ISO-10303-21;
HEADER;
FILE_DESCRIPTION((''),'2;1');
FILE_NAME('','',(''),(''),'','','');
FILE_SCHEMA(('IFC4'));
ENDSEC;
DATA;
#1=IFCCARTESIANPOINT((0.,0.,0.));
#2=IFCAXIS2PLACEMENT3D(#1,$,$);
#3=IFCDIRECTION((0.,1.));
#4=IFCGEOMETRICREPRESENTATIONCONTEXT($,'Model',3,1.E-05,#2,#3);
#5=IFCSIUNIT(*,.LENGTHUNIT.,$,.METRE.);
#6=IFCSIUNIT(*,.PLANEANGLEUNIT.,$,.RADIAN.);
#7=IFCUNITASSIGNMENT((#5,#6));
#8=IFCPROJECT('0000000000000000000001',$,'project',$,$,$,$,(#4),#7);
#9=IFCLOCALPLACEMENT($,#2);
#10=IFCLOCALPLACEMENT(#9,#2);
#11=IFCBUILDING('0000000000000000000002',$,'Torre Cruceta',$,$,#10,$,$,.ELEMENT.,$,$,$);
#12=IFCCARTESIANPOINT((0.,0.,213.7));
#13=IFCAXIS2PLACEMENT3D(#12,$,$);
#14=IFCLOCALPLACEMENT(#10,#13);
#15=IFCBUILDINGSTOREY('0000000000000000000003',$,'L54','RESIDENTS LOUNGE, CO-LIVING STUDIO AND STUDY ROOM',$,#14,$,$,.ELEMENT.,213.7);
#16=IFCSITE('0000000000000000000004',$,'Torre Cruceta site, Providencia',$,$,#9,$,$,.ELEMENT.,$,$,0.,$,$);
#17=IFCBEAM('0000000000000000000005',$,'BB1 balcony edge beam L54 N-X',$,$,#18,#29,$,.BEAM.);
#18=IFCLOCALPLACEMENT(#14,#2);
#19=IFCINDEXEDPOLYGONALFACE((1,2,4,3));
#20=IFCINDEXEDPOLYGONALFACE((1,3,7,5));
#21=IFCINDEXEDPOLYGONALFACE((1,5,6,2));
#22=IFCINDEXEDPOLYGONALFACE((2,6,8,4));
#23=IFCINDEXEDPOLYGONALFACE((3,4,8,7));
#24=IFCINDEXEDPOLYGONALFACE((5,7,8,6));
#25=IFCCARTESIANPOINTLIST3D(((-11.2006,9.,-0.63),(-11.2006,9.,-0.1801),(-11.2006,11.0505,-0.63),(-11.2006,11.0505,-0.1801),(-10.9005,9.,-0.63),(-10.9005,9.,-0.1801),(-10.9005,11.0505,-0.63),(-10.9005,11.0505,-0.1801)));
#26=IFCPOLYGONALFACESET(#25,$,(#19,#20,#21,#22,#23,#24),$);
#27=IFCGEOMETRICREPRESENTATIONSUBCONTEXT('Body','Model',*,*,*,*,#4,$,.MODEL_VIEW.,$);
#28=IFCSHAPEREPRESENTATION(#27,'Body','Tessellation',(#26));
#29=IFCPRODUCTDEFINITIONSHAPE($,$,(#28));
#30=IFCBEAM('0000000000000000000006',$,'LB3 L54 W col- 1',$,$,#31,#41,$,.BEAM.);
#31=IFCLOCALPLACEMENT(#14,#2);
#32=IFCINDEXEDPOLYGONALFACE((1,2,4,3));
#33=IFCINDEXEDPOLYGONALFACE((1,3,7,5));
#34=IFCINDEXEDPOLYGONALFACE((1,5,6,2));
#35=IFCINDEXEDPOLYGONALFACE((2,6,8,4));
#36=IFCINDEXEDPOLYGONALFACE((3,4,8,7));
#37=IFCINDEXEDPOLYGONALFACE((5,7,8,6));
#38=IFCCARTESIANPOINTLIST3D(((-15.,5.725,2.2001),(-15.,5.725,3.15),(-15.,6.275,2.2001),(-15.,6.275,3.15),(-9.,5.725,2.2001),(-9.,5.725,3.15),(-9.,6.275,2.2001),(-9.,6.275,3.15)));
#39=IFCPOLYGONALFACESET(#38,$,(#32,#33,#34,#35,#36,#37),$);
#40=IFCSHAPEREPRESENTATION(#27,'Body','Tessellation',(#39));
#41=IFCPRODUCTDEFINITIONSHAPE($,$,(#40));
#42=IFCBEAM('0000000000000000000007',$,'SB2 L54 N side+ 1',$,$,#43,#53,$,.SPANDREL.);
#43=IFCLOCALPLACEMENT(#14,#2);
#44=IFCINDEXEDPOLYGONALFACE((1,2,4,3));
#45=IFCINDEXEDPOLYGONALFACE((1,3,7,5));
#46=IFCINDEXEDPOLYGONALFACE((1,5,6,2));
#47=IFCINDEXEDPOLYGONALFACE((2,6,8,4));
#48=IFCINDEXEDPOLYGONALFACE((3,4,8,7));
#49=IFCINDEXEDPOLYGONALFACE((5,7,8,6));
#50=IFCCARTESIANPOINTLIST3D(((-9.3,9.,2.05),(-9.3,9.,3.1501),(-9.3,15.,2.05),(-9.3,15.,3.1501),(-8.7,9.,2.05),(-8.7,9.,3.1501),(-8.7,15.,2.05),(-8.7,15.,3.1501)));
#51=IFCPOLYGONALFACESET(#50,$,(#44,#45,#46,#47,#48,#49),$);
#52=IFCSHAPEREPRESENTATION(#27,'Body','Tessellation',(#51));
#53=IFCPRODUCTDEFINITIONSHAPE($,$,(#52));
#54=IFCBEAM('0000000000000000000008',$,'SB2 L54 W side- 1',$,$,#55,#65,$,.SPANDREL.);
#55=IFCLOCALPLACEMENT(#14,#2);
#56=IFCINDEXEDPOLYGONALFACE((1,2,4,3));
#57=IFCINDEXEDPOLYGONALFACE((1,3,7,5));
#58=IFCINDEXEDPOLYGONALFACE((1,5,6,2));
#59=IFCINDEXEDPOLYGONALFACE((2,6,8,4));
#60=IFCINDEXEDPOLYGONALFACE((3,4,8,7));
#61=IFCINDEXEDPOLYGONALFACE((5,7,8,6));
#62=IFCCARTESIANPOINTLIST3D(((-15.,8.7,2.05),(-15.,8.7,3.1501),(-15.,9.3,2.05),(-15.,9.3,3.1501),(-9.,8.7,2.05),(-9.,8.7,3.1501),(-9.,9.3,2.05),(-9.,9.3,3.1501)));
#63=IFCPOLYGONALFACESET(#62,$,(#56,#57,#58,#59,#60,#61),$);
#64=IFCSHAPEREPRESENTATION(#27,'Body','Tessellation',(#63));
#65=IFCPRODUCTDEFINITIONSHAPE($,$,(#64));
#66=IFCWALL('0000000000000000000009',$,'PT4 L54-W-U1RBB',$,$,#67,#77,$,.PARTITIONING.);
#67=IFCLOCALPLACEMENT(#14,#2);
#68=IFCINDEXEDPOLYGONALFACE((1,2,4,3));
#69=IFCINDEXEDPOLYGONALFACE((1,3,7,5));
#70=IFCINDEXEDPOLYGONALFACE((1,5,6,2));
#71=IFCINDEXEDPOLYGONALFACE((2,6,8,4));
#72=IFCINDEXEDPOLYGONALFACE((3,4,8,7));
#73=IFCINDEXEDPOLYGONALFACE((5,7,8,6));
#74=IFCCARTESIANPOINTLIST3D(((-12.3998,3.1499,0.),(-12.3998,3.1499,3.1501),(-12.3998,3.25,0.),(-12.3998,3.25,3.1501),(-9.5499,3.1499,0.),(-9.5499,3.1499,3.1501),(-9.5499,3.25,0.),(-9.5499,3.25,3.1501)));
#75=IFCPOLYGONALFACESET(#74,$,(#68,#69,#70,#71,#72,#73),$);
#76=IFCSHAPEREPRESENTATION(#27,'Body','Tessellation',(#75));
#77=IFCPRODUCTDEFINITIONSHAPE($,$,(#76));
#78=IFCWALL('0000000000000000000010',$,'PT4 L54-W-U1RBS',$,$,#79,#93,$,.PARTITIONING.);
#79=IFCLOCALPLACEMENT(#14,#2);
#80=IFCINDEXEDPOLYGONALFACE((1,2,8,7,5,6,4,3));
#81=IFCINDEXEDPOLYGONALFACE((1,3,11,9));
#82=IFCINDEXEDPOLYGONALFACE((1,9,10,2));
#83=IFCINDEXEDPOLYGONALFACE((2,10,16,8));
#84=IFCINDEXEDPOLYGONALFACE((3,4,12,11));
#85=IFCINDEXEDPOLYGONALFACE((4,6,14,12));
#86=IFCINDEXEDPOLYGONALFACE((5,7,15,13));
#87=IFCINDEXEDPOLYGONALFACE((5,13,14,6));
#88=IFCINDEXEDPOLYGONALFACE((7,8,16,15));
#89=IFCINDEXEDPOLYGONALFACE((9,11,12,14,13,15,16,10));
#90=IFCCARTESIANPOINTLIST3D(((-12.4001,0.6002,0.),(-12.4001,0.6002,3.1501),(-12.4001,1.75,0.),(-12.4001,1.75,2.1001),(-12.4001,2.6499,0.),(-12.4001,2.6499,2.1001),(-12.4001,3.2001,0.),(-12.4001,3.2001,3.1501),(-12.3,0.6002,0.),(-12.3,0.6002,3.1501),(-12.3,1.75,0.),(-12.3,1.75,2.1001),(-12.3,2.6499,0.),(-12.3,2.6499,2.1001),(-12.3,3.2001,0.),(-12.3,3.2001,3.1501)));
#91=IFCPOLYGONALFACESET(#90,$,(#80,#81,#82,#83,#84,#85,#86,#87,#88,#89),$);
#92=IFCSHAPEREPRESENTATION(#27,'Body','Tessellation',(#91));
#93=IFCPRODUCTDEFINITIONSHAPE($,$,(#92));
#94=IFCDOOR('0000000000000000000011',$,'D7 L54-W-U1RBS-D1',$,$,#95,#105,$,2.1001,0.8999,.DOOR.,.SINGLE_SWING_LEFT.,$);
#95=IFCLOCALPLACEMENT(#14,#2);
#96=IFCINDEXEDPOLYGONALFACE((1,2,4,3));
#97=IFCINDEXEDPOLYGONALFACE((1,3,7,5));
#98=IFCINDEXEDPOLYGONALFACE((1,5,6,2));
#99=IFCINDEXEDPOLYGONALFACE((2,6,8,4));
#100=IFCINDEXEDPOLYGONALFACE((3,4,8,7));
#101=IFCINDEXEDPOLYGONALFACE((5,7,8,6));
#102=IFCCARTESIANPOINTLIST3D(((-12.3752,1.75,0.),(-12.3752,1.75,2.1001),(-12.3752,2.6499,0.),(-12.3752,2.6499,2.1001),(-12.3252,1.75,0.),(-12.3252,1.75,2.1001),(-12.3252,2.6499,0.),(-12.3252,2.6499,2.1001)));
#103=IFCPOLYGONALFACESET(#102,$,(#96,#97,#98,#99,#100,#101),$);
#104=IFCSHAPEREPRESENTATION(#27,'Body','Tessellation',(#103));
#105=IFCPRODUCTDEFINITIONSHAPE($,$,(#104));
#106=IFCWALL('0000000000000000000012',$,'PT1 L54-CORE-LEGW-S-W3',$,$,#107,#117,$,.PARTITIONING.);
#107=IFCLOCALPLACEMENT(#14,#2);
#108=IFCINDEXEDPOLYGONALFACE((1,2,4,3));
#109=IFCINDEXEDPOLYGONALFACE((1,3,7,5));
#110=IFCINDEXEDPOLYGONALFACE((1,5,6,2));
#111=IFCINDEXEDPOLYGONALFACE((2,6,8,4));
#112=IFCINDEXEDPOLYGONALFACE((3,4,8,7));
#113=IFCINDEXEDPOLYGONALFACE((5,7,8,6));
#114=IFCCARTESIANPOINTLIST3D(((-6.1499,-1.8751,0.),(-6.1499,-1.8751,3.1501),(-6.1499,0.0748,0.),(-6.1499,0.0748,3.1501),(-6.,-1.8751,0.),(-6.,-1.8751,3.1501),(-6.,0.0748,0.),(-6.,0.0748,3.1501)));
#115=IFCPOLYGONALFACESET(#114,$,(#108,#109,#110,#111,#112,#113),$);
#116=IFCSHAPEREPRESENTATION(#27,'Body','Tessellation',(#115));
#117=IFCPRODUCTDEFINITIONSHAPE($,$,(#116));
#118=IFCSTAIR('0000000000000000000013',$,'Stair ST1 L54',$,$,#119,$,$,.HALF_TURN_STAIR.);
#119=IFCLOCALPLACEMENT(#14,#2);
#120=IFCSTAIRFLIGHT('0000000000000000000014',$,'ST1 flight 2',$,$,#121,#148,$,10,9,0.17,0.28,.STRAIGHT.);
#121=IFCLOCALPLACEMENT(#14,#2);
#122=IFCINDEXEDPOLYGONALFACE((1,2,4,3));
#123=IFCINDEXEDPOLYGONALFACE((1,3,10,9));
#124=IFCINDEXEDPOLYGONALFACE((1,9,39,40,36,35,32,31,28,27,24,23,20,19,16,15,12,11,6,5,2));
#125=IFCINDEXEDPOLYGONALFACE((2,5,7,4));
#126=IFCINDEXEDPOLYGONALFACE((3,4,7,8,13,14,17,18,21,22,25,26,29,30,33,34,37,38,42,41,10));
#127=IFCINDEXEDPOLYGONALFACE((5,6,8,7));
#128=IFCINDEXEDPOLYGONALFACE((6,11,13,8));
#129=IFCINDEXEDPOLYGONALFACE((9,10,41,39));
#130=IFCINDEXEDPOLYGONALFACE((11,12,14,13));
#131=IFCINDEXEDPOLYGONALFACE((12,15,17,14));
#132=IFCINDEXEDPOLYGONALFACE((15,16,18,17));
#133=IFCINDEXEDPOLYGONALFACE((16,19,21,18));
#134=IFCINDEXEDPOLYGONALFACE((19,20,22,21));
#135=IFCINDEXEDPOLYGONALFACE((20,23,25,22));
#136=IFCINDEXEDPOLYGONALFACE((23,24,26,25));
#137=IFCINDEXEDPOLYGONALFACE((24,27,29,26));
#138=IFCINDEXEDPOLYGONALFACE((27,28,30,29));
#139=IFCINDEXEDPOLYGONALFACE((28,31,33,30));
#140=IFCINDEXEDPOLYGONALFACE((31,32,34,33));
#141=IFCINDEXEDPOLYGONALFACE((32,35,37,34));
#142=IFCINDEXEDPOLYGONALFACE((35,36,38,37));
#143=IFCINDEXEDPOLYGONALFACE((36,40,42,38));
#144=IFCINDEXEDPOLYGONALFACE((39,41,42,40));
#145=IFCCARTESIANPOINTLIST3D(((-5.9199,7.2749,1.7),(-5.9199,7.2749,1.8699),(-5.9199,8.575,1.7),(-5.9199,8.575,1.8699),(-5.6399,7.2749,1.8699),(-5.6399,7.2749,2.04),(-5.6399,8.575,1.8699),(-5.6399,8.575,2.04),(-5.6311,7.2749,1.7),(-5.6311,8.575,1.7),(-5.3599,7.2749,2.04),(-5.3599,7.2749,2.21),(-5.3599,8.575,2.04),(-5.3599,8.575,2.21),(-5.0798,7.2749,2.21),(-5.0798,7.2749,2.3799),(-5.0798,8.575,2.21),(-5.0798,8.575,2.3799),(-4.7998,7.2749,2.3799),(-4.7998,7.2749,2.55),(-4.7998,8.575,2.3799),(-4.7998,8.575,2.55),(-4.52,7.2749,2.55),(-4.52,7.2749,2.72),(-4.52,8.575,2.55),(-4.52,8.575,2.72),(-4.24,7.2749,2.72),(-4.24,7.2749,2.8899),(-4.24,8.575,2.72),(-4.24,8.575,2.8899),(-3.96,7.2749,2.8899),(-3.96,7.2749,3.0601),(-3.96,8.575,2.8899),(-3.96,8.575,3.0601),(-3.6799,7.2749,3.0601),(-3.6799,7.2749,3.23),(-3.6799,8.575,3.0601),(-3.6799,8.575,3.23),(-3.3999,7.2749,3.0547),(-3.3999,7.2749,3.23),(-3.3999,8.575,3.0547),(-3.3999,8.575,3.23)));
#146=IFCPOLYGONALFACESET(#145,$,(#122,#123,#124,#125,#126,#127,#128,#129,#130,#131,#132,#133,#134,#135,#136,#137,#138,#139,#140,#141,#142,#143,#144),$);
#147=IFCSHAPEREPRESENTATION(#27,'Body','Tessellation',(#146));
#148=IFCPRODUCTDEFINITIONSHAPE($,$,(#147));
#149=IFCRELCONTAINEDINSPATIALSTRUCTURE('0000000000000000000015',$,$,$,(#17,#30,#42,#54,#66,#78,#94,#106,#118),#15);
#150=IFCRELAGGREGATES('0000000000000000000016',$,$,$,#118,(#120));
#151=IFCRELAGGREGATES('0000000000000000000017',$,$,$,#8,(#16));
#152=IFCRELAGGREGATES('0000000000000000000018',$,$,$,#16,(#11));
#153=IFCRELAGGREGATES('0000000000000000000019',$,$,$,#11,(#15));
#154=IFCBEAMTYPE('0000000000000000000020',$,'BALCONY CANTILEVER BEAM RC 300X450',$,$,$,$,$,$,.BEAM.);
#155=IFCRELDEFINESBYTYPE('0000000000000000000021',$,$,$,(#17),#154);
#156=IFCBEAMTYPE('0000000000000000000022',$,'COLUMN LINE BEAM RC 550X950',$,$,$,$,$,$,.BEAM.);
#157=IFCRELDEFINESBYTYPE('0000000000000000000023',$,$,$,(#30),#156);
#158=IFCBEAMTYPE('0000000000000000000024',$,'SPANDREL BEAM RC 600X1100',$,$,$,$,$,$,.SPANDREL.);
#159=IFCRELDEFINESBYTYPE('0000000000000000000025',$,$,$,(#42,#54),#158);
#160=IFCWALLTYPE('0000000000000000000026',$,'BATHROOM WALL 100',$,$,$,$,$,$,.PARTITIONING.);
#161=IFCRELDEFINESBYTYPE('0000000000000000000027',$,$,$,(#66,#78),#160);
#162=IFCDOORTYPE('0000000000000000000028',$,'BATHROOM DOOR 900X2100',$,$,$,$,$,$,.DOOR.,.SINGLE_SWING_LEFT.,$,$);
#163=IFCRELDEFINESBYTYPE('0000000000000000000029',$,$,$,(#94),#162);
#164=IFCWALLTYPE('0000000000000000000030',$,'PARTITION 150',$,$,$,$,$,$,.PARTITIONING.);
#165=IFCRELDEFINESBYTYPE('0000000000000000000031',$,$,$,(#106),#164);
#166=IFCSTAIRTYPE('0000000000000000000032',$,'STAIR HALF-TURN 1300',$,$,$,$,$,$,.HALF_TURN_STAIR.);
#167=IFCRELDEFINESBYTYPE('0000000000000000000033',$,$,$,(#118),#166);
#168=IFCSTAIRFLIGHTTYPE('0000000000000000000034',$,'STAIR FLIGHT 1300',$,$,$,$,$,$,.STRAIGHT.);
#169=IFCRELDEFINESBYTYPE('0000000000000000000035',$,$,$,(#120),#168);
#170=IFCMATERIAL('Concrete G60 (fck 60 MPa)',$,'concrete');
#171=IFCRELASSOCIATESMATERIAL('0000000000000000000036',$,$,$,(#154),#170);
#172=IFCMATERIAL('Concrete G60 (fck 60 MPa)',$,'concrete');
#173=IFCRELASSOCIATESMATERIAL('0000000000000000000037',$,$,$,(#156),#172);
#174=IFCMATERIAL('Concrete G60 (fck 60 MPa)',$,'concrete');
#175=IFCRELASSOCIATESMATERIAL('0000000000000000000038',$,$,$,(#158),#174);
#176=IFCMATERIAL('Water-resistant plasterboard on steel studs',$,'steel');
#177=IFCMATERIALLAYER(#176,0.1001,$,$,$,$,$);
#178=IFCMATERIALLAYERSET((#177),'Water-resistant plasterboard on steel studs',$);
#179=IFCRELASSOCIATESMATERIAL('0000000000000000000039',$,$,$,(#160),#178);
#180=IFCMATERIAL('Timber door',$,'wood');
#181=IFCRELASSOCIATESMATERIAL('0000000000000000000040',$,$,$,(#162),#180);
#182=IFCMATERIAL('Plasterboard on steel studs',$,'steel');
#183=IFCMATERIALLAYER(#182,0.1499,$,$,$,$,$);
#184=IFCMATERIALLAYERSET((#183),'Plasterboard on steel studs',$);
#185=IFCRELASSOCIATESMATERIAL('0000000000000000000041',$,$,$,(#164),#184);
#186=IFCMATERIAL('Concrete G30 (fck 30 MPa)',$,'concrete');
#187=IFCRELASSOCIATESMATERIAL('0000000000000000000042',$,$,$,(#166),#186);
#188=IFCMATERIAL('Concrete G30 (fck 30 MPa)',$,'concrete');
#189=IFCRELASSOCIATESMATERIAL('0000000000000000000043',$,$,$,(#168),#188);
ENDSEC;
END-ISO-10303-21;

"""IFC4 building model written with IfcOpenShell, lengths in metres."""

from ifc_helpers import new_model, si_unit, direction, frame, frame_2d, origin, origin_2d, place, context, subcontext, project, spatial, polyline, rectangle, outline, extrude, material, layer, layer_set, material_profile, profile_set, type_object, element, fill, aggregate, save


model = new_model("IFC4")

# Units and contexts
model_context = context("Model", 3, precision=1e-05, world=origin(), true_north=direction((0.0, 1.0)))
body_context = subcontext(model_context, "Body", "Model", "MODEL_VIEW")
ifc_project = project(units=[si_unit("LENGTHUNIT", "METRE"), si_unit("PLANEANGLEUNIT", "RADIAN")], contexts=[model_context])

# Site, building, storey
site_placement = place(None, origin())
site = spatial("IfcSite", under=ifc_project, at=site_placement, Name="Torre Cruceta site, Providencia", CompositionType="ELEMENT", RefElevation=0.0)
building_placement = place(site_placement, origin())
building = spatial("IfcBuilding", under=site, at=building_placement, Name="Torre Cruceta", CompositionType="ELEMENT")
storey_placement = place(building_placement, frame((0.0, 0.0, 213.7)))
storey = spatial("IfcBuildingStorey", under=building, at=storey_placement, Name="L54", Description="RESIDENTS LOUNGE, CO-LIVING STUDIO AND STUDY ROOM", CompositionType="ELEMENT", Elevation=213.7)

# Beams
ifc_material_1 = material(Name="Concrete G60 (fck 60 MPa)", Category="concrete")
ifc_material_profile_1 = material_profile(ifc_material_1, rectangle(XDim=0.3, YDim=0.45, at=origin_2d()), Name="RC 300X450")
ifc_profile_set_1 = profile_set([ifc_material_profile_1], Name="Concrete G60 (fck 60 MPa)")
beam_type_1 = type_object("IfcBeamType", Name="BALCONY CANTILEVER BEAM RC 300X450", PredefinedType="BEAM", material=ifc_profile_set_1)
beam_1_placement = place(storey_placement, frame((-11.0505, 9.0, -0.405), z_axis=(0.0, 1.0, 0.0), x_axis=(-1.0, 0.0, 0.0)))
element("IfcBeam", 1, at=beam_1_placement, inside=storey, type_object=beam_type_1, Name="BB1 balcony edge beam L54 N-X", PredefinedType="BEAM", context=body_context, shape_type="SweptSolid", body=[
    extrude(rectangle(XDim=0.3, YDim=0.45, at=origin_2d()), origin(), (0.0, 0.0, 1.0), 2.0505),
])
ifc_material_2 = material(Name="Concrete G60 (fck 60 MPa)", Category="concrete")
ifc_material_profile_2 = material_profile(ifc_material_2, rectangle(XDim=0.55, YDim=0.95, at=origin_2d()), Name="RC 550X950")
ifc_profile_set_2 = profile_set([ifc_material_profile_2], Name="Concrete G60 (fck 60 MPa)")
beam_type_2 = type_object("IfcBeamType", Name="COLUMN LINE BEAM RC 550X950", PredefinedType="BEAM", material=ifc_profile_set_2)
beam_2_placement = place(storey_placement, frame((-9.0, 6.0, 2.675), z_axis=(-1.0, 0.0, 0.0), x_axis=(0.0, -1.0, 0.0)))
element("IfcBeam", 2, at=beam_2_placement, inside=storey, type_object=beam_type_2, Name="LB3 L54 W col- 1", PredefinedType="BEAM", context=body_context, shape_type="SweptSolid", body=[
    extrude(rectangle(XDim=0.55, YDim=0.95, at=origin_2d()), origin(), (0.0, 0.0, 1.0), 6.0),
])
ifc_material_3 = material(Name="Concrete G60 (fck 60 MPa)", Category="concrete")
ifc_material_profile_3 = material_profile(ifc_material_3, rectangle(XDim=0.6001, YDim=1.1001, at=origin_2d()), Name="RC 600X1100")
ifc_profile_set_3 = profile_set([ifc_material_profile_3], Name="Concrete G60 (fck 60 MPa)")
beam_type_3 = type_object("IfcBeamType", Name="SPANDREL BEAM RC 600X1100", PredefinedType="SPANDREL", material=ifc_profile_set_3)
for number, where, z_axis, x_axis, name in (
    (3, (-9.0, 9.0, 2.6001), (0.0, 1.0, 0.0), (-1.0, 0.0, 0.0), "SB2 L54 N side+ 1"),
    (4, (-9.0, 9.0, 2.6001), (-1.0, 0.0, 0.0), (0.0, -1.0, 0.0), "SB2 L54 W side- 1"),
):
    element("IfcBeam", number, at=place(storey_placement, frame(where, z_axis=z_axis, x_axis=x_axis)), inside=storey, type_object=beam_type_3, Name=name, PredefinedType="SPANDREL", context=body_context, shape_type="SweptSolid", body=[
        extrude(rectangle(XDim=0.6001, YDim=1.1001, at=origin_2d()), origin(), (0.0, 0.0, 1.0), 6.0),
    ])

# Wall
ifc_material_4 = material(Name="Water-resistant plasterboard on steel studs", Category="steel")
ifc_layer_1 = layer(ifc_material_4, 0.1001)
ifc_layer_set_1 = layer_set([ifc_layer_1], Name="Water-resistant plasterboard on steel studs")
wall_type_1 = type_object("IfcWallType", Name="BATHROOM WALL 100", PredefinedType="PARTITIONING", material=ifc_layer_set_1)
wall_1_placement = place(storey_placement, frame((-9.55, 3.2, 0.0), z_axis=(0.0, 0.0, 1.0), x_axis=(-1.0, 0.0, 0.0)))
element("IfcWall", 5, at=wall_1_placement, inside=storey, type_object=wall_type_1, Name="PT4 L54-W-U1RBB", PredefinedType="PARTITIONING", context=body_context, shape_type="SweptSolid", body=[
    extrude(rectangle(XDim=2.8499, YDim=0.1001, at=frame_2d((1.4248, 0.0))), origin(), (0.0, 0.0, 1.0), 3.1501),
])

# Wall, opening, door
wall_2_placement = place(storey_placement, frame((-12.3501, 3.2, 0.0), z_axis=(0.0, 0.0, 1.0), x_axis=(0.0, -1.0, 0.0)))
wall_2 = element("IfcWall", 6, at=wall_2_placement, inside=storey, type_object=wall_type_1, Name="PT4 L54-W-U1RBS", PredefinedType="PARTITIONING", context=body_context, shape_type="SweptSolid", body=[
    extrude(rectangle(XDim=2.5999, YDim=0.1001, at=frame_2d((1.2998, 0.0))), origin(), (0.0, 0.0, 1.0), 3.1501),
])
opening_1_placement = place(wall_2_placement, frame((0.55, 0.0, 0.0)))
opening_1 = element("IfcOpeningElement", 7, at=opening_1_placement, cuts=wall_2, PredefinedType="OPENING", context=body_context, shape_type="SweptSolid", body=[
    extrude(rectangle(XDim=0.8999, YDim=2.1001, at=frame_2d((0.45, 1.05))), frame((0.0, 0.0601, 0.0), z_axis=(0.0, -1.0, 0.0), x_axis=(1.0, 0.0, 0.0)), (0.0, 0.0, 1.0), 0.1201),
])
ifc_material_5 = material(Name="Timber door", Category="wood")
door_type_1 = type_object("IfcDoorType", Name="BATHROOM DOOR 900X2100", OperationType="SINGLE_SWING_LEFT", PredefinedType="DOOR", material=ifc_material_5)
door_1_placement = place(opening_1_placement, origin())
door_1 = element("IfcDoor", 8, at=door_1_placement, inside=storey, type_object=door_type_1, Name="D7 L54-W-U1RBS-D1", OperationType="SINGLE_SWING_LEFT", OverallHeight=2.1001, OverallWidth=0.8999, PredefinedType="DOOR", context=body_context, shape_type="SweptSolid", body=[
    extrude(rectangle(XDim=0.8999, YDim=2.1001, at=frame_2d((0.45, 1.05))), frame((0.0, 0.0249, 0.0), z_axis=(0.0, -1.0, 0.0), x_axis=(1.0, 0.0, 0.0)), (0.0, 0.0, 1.0), 0.05),
])
fill(opening_1, door_1)

# Wall
ifc_material_6 = material(Name="Plasterboard on steel studs", Category="steel")
ifc_layer_2 = layer(ifc_material_6, 0.1499)
ifc_layer_set_2 = layer_set([ifc_layer_2], Name="Plasterboard on steel studs")
wall_type_2 = type_object("IfcWallType", Name="PARTITION 150", PredefinedType="PARTITIONING", material=ifc_layer_set_2)
wall_3_placement = place(storey_placement, frame((-6.075, 0.075, 0.0), z_axis=(0.0, 0.0, 1.0), x_axis=(0.0, -1.0, 0.0)))
element("IfcWall", 9, at=wall_3_placement, inside=storey, type_object=wall_type_2, Name="PT1 L54-CORE-LEGW-S-W3", PredefinedType="PARTITIONING", context=body_context, shape_type="SweptSolid", body=[
    extrude(rectangle(XDim=1.95, YDim=0.1499, at=frame_2d((0.9751, 0.0))), origin(), (0.0, 0.0, 1.0), 3.1501),
])

# Stair, stair flight
ifc_material_7 = material(Name="Concrete G30 (fck 30 MPa)", Category="concrete")
stair_type = type_object("IfcStairType", Name="STAIR HALF-TURN 1300", PredefinedType="HALF_TURN_STAIR", material=ifc_material_7)
stair_placement = place(storey_placement, origin())
stair = element("IfcStair", 10, at=stair_placement, inside=storey, type_object=stair_type, Name="Stair ST1 L54", PredefinedType="HALF_TURN_STAIR")
ifc_material_8 = material(Name="Concrete G30 (fck 30 MPa)", Category="concrete")
stair_flight_type = type_object("IfcStairFlightType", Name="STAIR FLIGHT 1300", PredefinedType="STRAIGHT", material=ifc_material_8)
stair_flight_placement = place(storey_placement, frame((-5.9199, 7.925, 1.7), z_axis=(0.0, 0.0, 1.0), x_axis=(1.0, 0.0, 0.0)))
stair_flight = element("IfcStairFlight", 11, at=stair_flight_placement, type_object=stair_flight_type, Name="ST1 flight 2", NumberOfRisers=10, NumberOfTreads=9, PredefinedType="STRAIGHT", RiserHeight=0.17, TreadLength=0.28, context=body_context, shape_type="SweptSolid", body=[
    extrude(outline(polyline([(0.0, 0.0), (0.0, 0.1699), (0.28, 0.1699), (0.28, 0.3401), (0.5601, 0.3401), (0.5601, 0.51), (0.8401, 0.51), (0.8401, 0.6799), (1.1201, 0.6799), (1.1201, 0.8501), (1.3999, 0.8501), (1.3999, 1.02), (1.6799, 1.02), (1.6799, 1.1899), (1.96, 1.1899), (1.96, 1.3601), (2.24, 1.3601), (2.24, 1.53), (2.52, 1.53), (2.52, 1.7), (2.52, 1.3547), (0.2888, 0.0), (0.0, 0.0)])), frame((0.0, 0.6499, 0.0), z_axis=(0.0, -1.0, 0.0), x_axis=(1.0, 0.0, 0.0)), (0.0, 0.0, 1.0), 1.3),
])
aggregate(stair, [stair_flight])

save(model, "model.ifc")
